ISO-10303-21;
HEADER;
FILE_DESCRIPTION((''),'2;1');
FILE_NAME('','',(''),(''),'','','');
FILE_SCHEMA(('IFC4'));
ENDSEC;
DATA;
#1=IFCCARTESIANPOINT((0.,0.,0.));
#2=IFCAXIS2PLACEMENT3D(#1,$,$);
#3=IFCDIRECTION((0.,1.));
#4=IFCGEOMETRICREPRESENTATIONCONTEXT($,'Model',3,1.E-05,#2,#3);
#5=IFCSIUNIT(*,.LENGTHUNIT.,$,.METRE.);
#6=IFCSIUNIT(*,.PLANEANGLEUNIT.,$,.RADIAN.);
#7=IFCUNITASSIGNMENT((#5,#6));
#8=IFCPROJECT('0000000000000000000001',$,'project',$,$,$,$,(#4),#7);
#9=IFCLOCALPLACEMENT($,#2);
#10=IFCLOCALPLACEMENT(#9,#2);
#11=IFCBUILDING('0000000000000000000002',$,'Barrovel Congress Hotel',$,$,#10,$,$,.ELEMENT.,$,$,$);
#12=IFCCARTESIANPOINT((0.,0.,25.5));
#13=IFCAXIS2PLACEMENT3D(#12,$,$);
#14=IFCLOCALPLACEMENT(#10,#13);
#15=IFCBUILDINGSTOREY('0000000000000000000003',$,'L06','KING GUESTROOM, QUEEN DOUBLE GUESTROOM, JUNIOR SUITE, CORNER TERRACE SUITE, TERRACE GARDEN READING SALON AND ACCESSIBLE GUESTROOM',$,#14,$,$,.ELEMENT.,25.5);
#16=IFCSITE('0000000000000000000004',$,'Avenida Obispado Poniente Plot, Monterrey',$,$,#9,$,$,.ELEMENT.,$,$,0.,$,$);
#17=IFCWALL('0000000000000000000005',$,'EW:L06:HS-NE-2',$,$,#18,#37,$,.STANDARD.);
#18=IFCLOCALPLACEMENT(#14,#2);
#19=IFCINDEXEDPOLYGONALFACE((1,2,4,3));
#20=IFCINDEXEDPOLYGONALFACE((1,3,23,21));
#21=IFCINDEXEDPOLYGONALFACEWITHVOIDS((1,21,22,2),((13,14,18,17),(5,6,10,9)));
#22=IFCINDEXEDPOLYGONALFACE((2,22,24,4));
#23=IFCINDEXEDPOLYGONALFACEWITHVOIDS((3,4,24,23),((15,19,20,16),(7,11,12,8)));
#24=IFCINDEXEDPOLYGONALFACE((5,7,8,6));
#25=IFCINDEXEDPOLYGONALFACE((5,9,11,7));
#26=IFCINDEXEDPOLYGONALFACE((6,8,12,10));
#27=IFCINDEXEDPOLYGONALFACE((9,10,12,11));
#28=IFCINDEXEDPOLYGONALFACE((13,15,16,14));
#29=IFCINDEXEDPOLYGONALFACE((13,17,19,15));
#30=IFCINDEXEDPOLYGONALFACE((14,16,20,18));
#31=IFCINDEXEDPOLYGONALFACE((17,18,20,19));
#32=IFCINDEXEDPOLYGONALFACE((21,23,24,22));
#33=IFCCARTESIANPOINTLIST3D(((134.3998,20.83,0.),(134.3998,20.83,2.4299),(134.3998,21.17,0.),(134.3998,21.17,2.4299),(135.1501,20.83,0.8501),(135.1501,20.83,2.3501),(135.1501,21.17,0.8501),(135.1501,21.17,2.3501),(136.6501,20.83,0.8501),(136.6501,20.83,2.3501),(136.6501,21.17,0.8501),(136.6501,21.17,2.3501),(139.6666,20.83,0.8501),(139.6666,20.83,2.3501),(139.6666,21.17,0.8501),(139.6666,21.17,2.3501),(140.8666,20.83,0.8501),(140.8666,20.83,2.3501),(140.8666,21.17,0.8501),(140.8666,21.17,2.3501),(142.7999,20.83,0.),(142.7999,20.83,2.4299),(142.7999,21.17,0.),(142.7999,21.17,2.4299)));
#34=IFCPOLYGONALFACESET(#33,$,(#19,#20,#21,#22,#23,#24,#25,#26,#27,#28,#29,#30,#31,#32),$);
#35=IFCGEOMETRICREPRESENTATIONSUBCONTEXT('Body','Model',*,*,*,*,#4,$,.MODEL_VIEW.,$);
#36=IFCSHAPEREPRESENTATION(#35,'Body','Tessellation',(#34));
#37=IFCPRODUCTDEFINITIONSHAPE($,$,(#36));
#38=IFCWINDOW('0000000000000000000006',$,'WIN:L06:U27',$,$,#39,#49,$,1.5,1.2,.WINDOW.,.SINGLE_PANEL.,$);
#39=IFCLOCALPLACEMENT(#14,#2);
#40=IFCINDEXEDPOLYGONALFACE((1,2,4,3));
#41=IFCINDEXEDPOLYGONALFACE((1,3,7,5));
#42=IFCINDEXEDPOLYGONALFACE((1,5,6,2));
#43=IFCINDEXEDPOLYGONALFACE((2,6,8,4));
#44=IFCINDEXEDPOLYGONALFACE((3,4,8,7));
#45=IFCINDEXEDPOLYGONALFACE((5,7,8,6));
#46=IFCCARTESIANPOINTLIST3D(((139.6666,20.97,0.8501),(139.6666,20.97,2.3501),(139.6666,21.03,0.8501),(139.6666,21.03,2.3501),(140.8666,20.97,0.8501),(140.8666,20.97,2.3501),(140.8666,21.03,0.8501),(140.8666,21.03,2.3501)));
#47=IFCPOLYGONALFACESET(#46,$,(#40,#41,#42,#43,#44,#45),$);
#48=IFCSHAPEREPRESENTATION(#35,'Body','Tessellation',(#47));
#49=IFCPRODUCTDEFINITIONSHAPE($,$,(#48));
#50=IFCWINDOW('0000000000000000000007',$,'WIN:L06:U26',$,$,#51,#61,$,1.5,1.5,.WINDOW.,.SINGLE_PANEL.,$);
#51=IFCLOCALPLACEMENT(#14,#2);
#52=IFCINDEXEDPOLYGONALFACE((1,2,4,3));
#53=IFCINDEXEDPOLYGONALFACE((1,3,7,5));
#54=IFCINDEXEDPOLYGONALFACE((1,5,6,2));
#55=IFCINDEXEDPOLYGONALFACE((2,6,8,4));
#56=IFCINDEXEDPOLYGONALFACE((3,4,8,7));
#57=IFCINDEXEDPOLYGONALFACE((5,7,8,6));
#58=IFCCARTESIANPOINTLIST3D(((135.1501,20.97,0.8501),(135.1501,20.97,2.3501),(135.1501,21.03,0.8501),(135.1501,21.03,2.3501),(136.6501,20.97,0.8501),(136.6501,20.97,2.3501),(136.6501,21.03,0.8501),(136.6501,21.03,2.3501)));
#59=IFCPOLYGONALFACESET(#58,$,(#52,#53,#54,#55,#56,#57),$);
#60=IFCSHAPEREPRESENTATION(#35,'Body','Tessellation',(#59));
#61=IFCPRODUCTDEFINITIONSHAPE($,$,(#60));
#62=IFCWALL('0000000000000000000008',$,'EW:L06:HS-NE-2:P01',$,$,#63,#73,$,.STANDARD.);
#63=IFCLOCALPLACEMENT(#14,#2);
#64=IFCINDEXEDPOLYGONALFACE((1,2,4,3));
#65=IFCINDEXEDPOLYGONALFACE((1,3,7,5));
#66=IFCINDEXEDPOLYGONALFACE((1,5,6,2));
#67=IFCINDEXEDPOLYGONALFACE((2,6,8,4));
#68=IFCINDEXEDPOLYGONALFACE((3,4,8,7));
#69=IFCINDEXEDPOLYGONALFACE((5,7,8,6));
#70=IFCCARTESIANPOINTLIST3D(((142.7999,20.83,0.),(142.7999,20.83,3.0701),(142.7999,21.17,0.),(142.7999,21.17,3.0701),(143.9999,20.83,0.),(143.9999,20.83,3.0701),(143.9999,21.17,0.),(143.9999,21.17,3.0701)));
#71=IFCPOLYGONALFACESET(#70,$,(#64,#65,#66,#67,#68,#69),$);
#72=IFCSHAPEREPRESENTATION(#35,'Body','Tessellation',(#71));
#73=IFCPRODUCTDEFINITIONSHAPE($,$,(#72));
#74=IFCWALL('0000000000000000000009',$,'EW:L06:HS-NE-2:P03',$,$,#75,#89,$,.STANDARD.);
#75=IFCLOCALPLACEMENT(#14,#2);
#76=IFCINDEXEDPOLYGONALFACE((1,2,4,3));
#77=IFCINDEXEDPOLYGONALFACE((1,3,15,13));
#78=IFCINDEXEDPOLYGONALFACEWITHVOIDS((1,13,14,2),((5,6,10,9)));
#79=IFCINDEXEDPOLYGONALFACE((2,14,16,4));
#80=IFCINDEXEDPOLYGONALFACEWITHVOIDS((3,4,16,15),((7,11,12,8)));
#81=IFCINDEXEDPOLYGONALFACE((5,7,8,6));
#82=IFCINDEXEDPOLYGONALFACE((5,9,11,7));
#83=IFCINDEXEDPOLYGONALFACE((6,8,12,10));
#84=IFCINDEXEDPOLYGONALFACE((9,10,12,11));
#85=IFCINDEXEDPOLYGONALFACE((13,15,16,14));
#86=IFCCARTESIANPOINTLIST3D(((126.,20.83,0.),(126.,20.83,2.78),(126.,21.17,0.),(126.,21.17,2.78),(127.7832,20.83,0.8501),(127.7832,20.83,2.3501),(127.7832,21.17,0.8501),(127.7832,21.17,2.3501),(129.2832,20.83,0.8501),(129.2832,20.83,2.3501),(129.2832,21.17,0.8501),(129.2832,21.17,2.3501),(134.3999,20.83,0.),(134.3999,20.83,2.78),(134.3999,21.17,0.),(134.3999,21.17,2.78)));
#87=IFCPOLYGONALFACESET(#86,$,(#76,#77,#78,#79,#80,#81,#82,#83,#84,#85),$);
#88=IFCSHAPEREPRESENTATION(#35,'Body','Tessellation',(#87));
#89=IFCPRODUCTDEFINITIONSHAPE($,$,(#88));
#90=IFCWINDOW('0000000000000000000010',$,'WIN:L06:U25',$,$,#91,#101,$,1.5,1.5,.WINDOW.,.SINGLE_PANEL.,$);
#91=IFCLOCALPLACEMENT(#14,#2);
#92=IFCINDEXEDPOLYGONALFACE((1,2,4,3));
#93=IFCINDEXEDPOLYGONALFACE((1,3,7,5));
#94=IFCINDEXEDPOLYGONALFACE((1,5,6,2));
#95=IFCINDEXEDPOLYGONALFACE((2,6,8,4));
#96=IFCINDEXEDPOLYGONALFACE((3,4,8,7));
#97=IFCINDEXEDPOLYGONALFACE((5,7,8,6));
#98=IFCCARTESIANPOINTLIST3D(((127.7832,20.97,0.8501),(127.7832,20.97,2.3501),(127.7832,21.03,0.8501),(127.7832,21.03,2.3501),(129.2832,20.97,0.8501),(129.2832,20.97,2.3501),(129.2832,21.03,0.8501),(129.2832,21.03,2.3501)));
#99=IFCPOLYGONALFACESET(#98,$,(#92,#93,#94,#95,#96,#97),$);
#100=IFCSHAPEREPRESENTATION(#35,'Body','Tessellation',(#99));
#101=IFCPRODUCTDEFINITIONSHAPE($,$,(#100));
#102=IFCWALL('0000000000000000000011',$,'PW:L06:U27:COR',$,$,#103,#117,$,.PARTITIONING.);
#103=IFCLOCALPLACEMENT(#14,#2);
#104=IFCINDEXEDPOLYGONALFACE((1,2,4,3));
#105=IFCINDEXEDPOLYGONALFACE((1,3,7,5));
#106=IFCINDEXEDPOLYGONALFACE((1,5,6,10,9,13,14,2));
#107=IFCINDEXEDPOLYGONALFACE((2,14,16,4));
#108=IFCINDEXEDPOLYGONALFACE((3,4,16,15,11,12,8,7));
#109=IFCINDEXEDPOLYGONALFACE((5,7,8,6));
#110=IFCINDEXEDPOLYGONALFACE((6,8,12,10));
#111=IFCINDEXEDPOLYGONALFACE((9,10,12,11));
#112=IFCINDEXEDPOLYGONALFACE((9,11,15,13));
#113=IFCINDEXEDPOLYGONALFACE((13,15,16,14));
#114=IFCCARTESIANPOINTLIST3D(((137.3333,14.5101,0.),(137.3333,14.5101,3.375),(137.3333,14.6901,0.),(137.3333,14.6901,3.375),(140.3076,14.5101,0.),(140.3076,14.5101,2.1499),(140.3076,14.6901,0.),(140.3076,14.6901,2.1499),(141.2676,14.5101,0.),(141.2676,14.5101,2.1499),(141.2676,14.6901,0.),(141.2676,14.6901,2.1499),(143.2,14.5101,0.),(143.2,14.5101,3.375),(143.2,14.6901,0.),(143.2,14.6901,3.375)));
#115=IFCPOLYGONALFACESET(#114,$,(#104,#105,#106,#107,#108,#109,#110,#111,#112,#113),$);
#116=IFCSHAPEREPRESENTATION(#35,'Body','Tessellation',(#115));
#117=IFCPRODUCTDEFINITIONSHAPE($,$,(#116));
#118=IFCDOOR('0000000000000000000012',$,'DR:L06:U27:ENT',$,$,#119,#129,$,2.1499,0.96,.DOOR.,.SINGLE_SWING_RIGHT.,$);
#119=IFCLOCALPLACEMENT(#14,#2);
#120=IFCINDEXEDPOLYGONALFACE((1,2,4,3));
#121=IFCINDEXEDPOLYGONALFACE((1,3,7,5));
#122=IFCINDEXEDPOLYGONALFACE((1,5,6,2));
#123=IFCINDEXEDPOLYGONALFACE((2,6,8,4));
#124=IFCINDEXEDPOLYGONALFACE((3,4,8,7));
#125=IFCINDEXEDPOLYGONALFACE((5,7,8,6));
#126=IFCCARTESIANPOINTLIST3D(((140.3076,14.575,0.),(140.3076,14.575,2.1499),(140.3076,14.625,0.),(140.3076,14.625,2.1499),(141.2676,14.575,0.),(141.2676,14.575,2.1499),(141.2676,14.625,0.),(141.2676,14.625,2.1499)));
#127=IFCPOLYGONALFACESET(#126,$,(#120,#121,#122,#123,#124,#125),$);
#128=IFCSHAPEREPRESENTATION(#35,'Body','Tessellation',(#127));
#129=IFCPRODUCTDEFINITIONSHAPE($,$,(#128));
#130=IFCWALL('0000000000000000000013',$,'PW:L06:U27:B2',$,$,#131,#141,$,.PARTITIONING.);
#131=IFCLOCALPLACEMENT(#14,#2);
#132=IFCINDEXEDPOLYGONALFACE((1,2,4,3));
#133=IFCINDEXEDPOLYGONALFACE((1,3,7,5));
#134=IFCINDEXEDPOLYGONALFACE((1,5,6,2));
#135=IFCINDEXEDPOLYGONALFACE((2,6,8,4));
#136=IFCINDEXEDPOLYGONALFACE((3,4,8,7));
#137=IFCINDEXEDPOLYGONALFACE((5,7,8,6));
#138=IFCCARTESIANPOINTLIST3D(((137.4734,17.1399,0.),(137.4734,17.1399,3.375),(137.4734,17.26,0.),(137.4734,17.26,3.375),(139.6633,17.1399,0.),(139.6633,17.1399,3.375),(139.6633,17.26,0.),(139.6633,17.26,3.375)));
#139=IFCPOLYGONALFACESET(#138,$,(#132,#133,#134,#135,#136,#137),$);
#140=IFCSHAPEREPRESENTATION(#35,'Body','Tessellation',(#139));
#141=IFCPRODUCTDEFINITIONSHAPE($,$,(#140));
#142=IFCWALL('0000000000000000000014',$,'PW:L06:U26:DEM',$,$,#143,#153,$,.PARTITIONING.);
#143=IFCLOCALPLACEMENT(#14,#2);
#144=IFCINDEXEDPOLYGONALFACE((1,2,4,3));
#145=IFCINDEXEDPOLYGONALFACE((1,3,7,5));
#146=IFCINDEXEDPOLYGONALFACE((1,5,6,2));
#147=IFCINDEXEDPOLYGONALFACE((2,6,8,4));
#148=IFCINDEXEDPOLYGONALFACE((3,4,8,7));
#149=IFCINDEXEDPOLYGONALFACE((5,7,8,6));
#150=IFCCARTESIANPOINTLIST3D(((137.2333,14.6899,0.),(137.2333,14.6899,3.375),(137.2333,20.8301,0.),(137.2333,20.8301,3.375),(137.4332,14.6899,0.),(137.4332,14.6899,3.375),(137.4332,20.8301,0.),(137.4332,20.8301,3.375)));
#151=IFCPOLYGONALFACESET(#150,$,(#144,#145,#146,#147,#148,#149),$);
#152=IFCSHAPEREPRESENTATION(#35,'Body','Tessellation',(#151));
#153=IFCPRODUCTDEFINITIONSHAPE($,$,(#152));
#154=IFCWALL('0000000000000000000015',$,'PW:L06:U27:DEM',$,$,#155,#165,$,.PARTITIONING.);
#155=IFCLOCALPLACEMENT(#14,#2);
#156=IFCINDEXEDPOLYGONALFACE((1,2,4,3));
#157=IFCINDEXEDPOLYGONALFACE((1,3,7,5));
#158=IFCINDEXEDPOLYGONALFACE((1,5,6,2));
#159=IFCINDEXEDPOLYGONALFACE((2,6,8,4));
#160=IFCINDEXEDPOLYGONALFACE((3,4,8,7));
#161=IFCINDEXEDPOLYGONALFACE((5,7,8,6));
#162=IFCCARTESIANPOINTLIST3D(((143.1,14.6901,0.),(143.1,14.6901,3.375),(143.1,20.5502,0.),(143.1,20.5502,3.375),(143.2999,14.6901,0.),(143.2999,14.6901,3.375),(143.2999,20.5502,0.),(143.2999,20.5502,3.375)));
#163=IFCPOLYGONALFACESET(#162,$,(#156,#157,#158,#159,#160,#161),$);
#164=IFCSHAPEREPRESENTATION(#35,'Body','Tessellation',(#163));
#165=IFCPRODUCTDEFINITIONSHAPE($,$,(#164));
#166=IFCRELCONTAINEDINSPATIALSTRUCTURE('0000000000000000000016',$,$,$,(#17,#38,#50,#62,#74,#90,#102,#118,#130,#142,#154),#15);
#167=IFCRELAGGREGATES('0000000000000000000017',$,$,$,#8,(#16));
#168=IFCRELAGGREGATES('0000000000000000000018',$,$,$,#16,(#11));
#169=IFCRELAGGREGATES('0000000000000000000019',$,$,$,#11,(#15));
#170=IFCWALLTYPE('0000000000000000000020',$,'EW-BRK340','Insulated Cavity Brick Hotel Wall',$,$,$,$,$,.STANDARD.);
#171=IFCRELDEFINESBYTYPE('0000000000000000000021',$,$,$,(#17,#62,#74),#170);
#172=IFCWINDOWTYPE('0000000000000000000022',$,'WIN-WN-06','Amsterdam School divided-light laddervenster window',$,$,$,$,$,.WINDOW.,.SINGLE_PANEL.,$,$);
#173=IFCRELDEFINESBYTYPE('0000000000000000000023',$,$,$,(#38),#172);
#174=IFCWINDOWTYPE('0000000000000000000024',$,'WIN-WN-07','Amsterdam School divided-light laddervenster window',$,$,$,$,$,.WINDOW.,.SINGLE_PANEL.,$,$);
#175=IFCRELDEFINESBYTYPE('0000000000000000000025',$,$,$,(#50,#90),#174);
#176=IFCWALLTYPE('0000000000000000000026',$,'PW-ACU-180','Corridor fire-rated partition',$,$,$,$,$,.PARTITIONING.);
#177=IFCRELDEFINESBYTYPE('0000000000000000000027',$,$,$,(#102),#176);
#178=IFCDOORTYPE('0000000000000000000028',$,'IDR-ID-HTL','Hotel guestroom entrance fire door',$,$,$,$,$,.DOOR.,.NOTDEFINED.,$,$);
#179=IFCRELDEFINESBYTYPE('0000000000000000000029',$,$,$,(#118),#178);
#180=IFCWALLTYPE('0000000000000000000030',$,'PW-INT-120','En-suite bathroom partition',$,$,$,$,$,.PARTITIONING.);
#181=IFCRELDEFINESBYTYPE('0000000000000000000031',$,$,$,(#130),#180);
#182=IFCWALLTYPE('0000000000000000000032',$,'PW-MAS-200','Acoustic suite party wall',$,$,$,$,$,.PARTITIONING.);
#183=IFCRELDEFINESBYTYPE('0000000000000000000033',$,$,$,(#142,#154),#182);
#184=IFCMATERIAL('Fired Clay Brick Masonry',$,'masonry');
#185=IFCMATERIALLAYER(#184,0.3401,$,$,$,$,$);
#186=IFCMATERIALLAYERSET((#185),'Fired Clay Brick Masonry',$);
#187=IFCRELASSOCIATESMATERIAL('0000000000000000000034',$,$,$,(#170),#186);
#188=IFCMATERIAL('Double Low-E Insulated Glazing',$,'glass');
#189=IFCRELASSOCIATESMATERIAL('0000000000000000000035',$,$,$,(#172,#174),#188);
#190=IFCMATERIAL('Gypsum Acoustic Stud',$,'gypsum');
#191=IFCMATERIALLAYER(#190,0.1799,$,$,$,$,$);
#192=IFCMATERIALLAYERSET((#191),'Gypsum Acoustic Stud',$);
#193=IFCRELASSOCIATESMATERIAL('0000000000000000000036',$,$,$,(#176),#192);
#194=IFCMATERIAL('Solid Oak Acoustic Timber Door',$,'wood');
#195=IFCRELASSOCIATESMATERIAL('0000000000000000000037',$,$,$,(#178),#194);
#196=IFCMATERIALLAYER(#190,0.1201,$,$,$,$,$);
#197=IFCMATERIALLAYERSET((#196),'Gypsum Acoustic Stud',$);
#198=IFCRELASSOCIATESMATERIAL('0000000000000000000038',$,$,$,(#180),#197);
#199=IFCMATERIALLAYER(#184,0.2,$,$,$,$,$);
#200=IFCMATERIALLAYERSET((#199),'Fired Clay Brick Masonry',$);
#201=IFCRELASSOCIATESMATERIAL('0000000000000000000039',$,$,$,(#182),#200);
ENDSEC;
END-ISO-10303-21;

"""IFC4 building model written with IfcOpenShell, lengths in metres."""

from ifc_helpers import new_model, si_unit, direction, frame, frame_2d, origin, place, context, subcontext, project, spatial, rectangle, extrude, material, layer, layer_set, type_object, element, fill, save


model = new_model("IFC4")

# Units and contexts
model_context = context("Model", 3, precision=1e-05, world=origin(), true_north=direction((0.0, 1.0)))
body_context = subcontext(model_context, "Body", "Model", "MODEL_VIEW")
ifc_project = project(units=[si_unit("LENGTHUNIT", "METRE"), si_unit("PLANEANGLEUNIT", "RADIAN")], contexts=[model_context])

# Site, building, storey
site_placement = place(None, origin())
site = spatial("IfcSite", under=ifc_project, at=site_placement, Name="Avenida Obispado Poniente Plot, Monterrey", CompositionType="ELEMENT", RefElevation=0.0)
building_placement = place(site_placement, origin())
building = spatial("IfcBuilding", under=site, at=building_placement, Name="Barrovel Congress Hotel", CompositionType="ELEMENT")
storey_placement = place(building_placement, frame((0.0, 0.0, 25.5)))
storey = spatial("IfcBuildingStorey", under=building, at=storey_placement, Name="L06", Description="KING GUESTROOM, QUEEN DOUBLE GUESTROOM, JUNIOR SUITE, CORNER TERRACE SUITE, TERRACE GARDEN READING SALON AND ACCESSIBLE GUESTROOM", CompositionType="ELEMENT", Elevation=25.5)

# Wall, openings, windows
ifc_material_1 = material(Name="Fired Clay Brick Masonry", Category="masonry")
ifc_layer_1 = layer(ifc_material_1, 0.3401)
ifc_layer_set_1 = layer_set([ifc_layer_1], Name="Fired Clay Brick Masonry")
wall_type_1 = type_object("IfcWallType", Name="EW-BRK340", Description="Insulated Cavity Brick Hotel Wall", PredefinedType="STANDARD", material=ifc_layer_set_1)
wall_1_placement = place(storey_placement, frame((142.8, 21.0, 0.0), z_axis=(0.0, 0.0, 1.0), x_axis=(-1.0, 0.0, 0.0)))
wall_1 = element("IfcWall", 1, at=wall_1_placement, inside=storey, type_object=wall_type_1, Name="EW:L06:HS-NE-2", PredefinedType="STANDARD", context=body_context, shape_type="SweptSolid", body=[
    extrude(rectangle(XDim=8.4001, YDim=0.3401, at=frame_2d((4.2002, 0.0))), origin(), (0.0, 0.0, 1.0), 2.4299),
])
opening_1_placement = place(wall_1_placement, frame((6.1499, 0.0, 0.8501)))
opening_1 = element("IfcOpeningElement", 2, at=opening_1_placement, cuts=wall_1, PredefinedType="OPENING", context=body_context, shape_type="SweptSolid", body=[
    extrude(rectangle(XDim=1.5, YDim=1.5, at=frame_2d((0.75, 0.75))), frame((0.0, 0.1802, 0.0), z_axis=(0.0, -1.0, 0.0), x_axis=(1.0, 0.0, 0.0)), (0.0, 0.0, 1.0), 0.3601),
])
opening_2_placement = place(wall_1_placement, frame((1.9333, 0.0, 0.8501)))
opening_2 = element("IfcOpeningElement", 3, at=opening_2_placement, cuts=wall_1, PredefinedType="OPENING", context=body_context, shape_type="SweptSolid", body=[
    extrude(rectangle(XDim=1.2, YDim=1.5, at=frame_2d((0.6001, 0.75))), frame((0.0, 0.1802, 0.0), z_axis=(0.0, -1.0, 0.0), x_axis=(1.0, 0.0, 0.0)), (0.0, 0.0, 1.0), 0.3601),
])
ifc_material_2 = material(Name="Double Low-E Insulated Glazing", Category="glass")
window_type_1 = type_object("IfcWindowType", Name="WIN-WN-06", Description="Amsterdam School divided-light laddervenster window", PartitioningType="SINGLE_PANEL", PredefinedType="WINDOW", material=ifc_material_2)
window_1_placement = place(opening_2_placement, origin())
window_1 = element("IfcWindow", 4, at=window_1_placement, inside=storey, type_object=window_type_1, Name="WIN:L06:U27", OverallHeight=1.5, OverallWidth=1.2, PartitioningType="SINGLE_PANEL", PredefinedType="WINDOW", context=body_context, shape_type="SweptSolid", body=[
    extrude(rectangle(XDim=1.2, YDim=1.5, at=frame_2d((0.6001, 0.75))), frame((0.0, 0.03, 0.0), z_axis=(0.0, -1.0, 0.0), x_axis=(1.0, 0.0, 0.0)), (0.0, 0.0, 1.0), 0.0601),
])
fill(opening_2, window_1)
window_type_2 = type_object("IfcWindowType", Name="WIN-WN-07", Description="Amsterdam School divided-light laddervenster window", PartitioningType="SINGLE_PANEL", PredefinedType="WINDOW", material=ifc_material_2)
window_2_placement = place(opening_1_placement, origin())
window_2 = element("IfcWindow", 5, at=window_2_placement, inside=storey, type_object=window_type_2, Name="WIN:L06:U26", OverallHeight=1.5, OverallWidth=1.5, PartitioningType="SINGLE_PANEL", PredefinedType="WINDOW", context=body_context, shape_type="SweptSolid", body=[
    extrude(rectangle(XDim=1.5, YDim=1.5, at=frame_2d((0.75, 0.75))), frame((0.0, 0.03, 0.0), z_axis=(0.0, -1.0, 0.0), x_axis=(1.0, 0.0, 0.0)), (0.0, 0.0, 1.0), 0.0601),
])
fill(opening_1, window_2)

# Wall
wall_2_placement = place(storey_placement, frame((144.0, 21.0, 0.0), z_axis=(0.0, 0.0, 1.0), x_axis=(-1.0, 0.0, 0.0)))
element("IfcWall", 6, at=wall_2_placement, inside=storey, type_object=wall_type_1, Name="EW:L06:HS-NE-2:P01", PredefinedType="STANDARD", context=body_context, shape_type="SweptSolid", body=[
    extrude(rectangle(XDim=1.2, YDim=0.3401, at=frame_2d((0.6001, 0.0))), origin(), (0.0, 0.0, 1.0), 3.0701),
])

# Wall, opening, window
wall_3_placement = place(storey_placement, frame((134.3999, 21.0, 0.0), z_axis=(0.0, 0.0, 1.0), x_axis=(-1.0, 0.0, 0.0)))
wall_3 = element("IfcWall", 7, at=wall_3_placement, inside=storey, type_object=wall_type_1, Name="EW:L06:HS-NE-2:P03", PredefinedType="STANDARD", context=body_context, shape_type="SweptSolid", body=[
    extrude(rectangle(XDim=8.3999, YDim=0.3401, at=frame_2d((4.2, 0.0))), origin(), (0.0, 0.0, 1.0), 2.78),
])
opening_3_placement = place(wall_3_placement, frame((5.1167, 0.0, 0.8501)))
opening_3 = element("IfcOpeningElement", 8, at=opening_3_placement, cuts=wall_3, PredefinedType="OPENING", context=body_context, shape_type="SweptSolid", body=[
    extrude(rectangle(XDim=1.5, YDim=1.5, at=frame_2d((0.75, 0.75))), frame((0.0, 0.1802, 0.0), z_axis=(0.0, -1.0, 0.0), x_axis=(1.0, 0.0, 0.0)), (0.0, 0.0, 1.0), 0.3601),
])
window_3_placement = place(opening_3_placement, origin())
window_3 = element("IfcWindow", 9, at=window_3_placement, inside=storey, type_object=window_type_2, Name="WIN:L06:U25", OverallHeight=1.5, OverallWidth=1.5, PartitioningType="SINGLE_PANEL", PredefinedType="WINDOW", context=body_context, shape_type="SweptSolid", body=[
    extrude(rectangle(XDim=1.5, YDim=1.5, at=frame_2d((0.75, 0.75))), frame((0.0, 0.03, 0.0), z_axis=(0.0, -1.0, 0.0), x_axis=(1.0, 0.0, 0.0)), (0.0, 0.0, 1.0), 0.0601),
])
fill(opening_3, window_3)

# Wall, opening, door
ifc_material_3 = material(Name="Gypsum Acoustic Stud", Category="gypsum")
ifc_layer_2 = layer(ifc_material_3, 0.1799)
ifc_layer_set_2 = layer_set([ifc_layer_2], Name="Gypsum Acoustic Stud")
wall_type_2 = type_object("IfcWallType", Name="PW-ACU-180", Description="Corridor fire-rated partition", PredefinedType="PARTITIONING", material=ifc_layer_set_2)
wall_4_placement = place(storey_placement, frame((137.3333, 14.6001, 0.0), z_axis=(0.0, 0.0, 1.0), x_axis=(1.0, 0.0, 0.0)))
wall_4 = element("IfcWall", 10, at=wall_4_placement, inside=storey, type_object=wall_type_2, Name="PW:L06:U27:COR", PredefinedType="PARTITIONING", context=body_context, shape_type="SweptSolid", body=[
    extrude(rectangle(XDim=5.8667, YDim=0.1799, at=frame_2d((2.9333, 0.0))), origin(), (0.0, 0.0, 1.0), 3.375),
])
opening_4_placement = place(wall_4_placement, frame((2.9744, 0.0, 0.0)))
opening_4 = element("IfcOpeningElement", 11, at=opening_4_placement, cuts=wall_4, PredefinedType="OPENING", context=body_context, shape_type="SweptSolid", body=[
    extrude(rectangle(XDim=0.96, YDim=2.1499, at=frame_2d((0.48, 1.075))), frame((0.0, 0.1001, 0.0), z_axis=(0.0, -1.0, 0.0), x_axis=(1.0, 0.0, 0.0)), (0.0, 0.0, 1.0), 0.2),
])
ifc_material_4 = material(Name="Solid Oak Acoustic Timber Door", Category="wood")
door_type_1 = type_object("IfcDoorType", Name="IDR-ID-HTL", Description="Hotel guestroom entrance fire door", OperationType="NOTDEFINED", PredefinedType="DOOR", material=ifc_material_4)
door_1_placement = place(opening_4_placement, origin())
door_1 = element("IfcDoor", 12, at=door_1_placement, inside=storey, type_object=door_type_1, Name="DR:L06:U27:ENT", OperationType="SINGLE_SWING_RIGHT", OverallHeight=2.1499, OverallWidth=0.96, PredefinedType="DOOR", context=body_context, shape_type="SweptSolid", body=[
    extrude(rectangle(XDim=0.96, YDim=2.1499, at=frame_2d((0.48, 1.075))), frame((0.0, 0.0249, 0.0), z_axis=(0.0, -1.0, 0.0), x_axis=(1.0, 0.0, 0.0)), (0.0, 0.0, 1.0), 0.05),
])
fill(opening_4, door_1)

# Walls
ifc_layer_3 = layer(ifc_material_3, 0.1201)
ifc_layer_set_3 = layer_set([ifc_layer_3], Name="Gypsum Acoustic Stud")
wall_type_3 = type_object("IfcWallType", Name="PW-INT-120", Description="En-suite bathroom partition", PredefinedType="PARTITIONING", material=ifc_layer_set_3)
wall_5_placement = place(storey_placement, frame((137.4734, 17.2, 0.0), z_axis=(0.0, 0.0, 1.0), x_axis=(1.0, 0.0, 0.0)))
element("IfcWall", 13, at=wall_5_placement, inside=storey, type_object=wall_type_3, Name="PW:L06:U27:B2", PredefinedType="PARTITIONING", context=body_context, shape_type="SweptSolid", body=[
    extrude(rectangle(XDim=2.1899, YDim=0.1201, at=frame_2d((1.095, 0.0))), origin(), (0.0, 0.0, 1.0), 3.375),
])
ifc_layer_4 = layer(ifc_material_1, 0.2)
ifc_layer_set_4 = layer_set([ifc_layer_4], Name="Fired Clay Brick Masonry")
wall_type_4 = type_object("IfcWallType", Name="PW-MAS-200", Description="Acoustic suite party wall", PredefinedType="PARTITIONING", material=ifc_layer_set_4)
wall_6_placement = place(storey_placement, frame((137.3333, 14.6899, 0.0), z_axis=(0.0, 0.0, 1.0), x_axis=(0.0, 1.0, 0.0)))
element("IfcWall", 14, at=wall_6_placement, inside=storey, type_object=wall_type_4, Name="PW:L06:U26:DEM", PredefinedType="PARTITIONING", context=body_context, shape_type="SweptSolid", body=[
    extrude(rectangle(XDim=6.1401, YDim=0.2, at=frame_2d((3.0701, 0.0))), origin(), (0.0, 0.0, 1.0), 3.375),
])
wall_7_placement = place(storey_placement, frame((143.2, 14.6899, 0.0), z_axis=(0.0, 0.0, 1.0), x_axis=(0.0, 1.0, 0.0)))
element("IfcWall", 15, at=wall_7_placement, inside=storey, type_object=wall_type_4, Name="PW:L06:U27:DEM", PredefinedType="PARTITIONING", context=body_context, shape_type="SweptSolid", body=[
    extrude(rectangle(XDim=5.8601, YDim=0.2, at=frame_2d((2.9302, 0.0))), origin(), (0.0, 0.0, 1.0), 3.375),
])

save(model, "model.ifc")
